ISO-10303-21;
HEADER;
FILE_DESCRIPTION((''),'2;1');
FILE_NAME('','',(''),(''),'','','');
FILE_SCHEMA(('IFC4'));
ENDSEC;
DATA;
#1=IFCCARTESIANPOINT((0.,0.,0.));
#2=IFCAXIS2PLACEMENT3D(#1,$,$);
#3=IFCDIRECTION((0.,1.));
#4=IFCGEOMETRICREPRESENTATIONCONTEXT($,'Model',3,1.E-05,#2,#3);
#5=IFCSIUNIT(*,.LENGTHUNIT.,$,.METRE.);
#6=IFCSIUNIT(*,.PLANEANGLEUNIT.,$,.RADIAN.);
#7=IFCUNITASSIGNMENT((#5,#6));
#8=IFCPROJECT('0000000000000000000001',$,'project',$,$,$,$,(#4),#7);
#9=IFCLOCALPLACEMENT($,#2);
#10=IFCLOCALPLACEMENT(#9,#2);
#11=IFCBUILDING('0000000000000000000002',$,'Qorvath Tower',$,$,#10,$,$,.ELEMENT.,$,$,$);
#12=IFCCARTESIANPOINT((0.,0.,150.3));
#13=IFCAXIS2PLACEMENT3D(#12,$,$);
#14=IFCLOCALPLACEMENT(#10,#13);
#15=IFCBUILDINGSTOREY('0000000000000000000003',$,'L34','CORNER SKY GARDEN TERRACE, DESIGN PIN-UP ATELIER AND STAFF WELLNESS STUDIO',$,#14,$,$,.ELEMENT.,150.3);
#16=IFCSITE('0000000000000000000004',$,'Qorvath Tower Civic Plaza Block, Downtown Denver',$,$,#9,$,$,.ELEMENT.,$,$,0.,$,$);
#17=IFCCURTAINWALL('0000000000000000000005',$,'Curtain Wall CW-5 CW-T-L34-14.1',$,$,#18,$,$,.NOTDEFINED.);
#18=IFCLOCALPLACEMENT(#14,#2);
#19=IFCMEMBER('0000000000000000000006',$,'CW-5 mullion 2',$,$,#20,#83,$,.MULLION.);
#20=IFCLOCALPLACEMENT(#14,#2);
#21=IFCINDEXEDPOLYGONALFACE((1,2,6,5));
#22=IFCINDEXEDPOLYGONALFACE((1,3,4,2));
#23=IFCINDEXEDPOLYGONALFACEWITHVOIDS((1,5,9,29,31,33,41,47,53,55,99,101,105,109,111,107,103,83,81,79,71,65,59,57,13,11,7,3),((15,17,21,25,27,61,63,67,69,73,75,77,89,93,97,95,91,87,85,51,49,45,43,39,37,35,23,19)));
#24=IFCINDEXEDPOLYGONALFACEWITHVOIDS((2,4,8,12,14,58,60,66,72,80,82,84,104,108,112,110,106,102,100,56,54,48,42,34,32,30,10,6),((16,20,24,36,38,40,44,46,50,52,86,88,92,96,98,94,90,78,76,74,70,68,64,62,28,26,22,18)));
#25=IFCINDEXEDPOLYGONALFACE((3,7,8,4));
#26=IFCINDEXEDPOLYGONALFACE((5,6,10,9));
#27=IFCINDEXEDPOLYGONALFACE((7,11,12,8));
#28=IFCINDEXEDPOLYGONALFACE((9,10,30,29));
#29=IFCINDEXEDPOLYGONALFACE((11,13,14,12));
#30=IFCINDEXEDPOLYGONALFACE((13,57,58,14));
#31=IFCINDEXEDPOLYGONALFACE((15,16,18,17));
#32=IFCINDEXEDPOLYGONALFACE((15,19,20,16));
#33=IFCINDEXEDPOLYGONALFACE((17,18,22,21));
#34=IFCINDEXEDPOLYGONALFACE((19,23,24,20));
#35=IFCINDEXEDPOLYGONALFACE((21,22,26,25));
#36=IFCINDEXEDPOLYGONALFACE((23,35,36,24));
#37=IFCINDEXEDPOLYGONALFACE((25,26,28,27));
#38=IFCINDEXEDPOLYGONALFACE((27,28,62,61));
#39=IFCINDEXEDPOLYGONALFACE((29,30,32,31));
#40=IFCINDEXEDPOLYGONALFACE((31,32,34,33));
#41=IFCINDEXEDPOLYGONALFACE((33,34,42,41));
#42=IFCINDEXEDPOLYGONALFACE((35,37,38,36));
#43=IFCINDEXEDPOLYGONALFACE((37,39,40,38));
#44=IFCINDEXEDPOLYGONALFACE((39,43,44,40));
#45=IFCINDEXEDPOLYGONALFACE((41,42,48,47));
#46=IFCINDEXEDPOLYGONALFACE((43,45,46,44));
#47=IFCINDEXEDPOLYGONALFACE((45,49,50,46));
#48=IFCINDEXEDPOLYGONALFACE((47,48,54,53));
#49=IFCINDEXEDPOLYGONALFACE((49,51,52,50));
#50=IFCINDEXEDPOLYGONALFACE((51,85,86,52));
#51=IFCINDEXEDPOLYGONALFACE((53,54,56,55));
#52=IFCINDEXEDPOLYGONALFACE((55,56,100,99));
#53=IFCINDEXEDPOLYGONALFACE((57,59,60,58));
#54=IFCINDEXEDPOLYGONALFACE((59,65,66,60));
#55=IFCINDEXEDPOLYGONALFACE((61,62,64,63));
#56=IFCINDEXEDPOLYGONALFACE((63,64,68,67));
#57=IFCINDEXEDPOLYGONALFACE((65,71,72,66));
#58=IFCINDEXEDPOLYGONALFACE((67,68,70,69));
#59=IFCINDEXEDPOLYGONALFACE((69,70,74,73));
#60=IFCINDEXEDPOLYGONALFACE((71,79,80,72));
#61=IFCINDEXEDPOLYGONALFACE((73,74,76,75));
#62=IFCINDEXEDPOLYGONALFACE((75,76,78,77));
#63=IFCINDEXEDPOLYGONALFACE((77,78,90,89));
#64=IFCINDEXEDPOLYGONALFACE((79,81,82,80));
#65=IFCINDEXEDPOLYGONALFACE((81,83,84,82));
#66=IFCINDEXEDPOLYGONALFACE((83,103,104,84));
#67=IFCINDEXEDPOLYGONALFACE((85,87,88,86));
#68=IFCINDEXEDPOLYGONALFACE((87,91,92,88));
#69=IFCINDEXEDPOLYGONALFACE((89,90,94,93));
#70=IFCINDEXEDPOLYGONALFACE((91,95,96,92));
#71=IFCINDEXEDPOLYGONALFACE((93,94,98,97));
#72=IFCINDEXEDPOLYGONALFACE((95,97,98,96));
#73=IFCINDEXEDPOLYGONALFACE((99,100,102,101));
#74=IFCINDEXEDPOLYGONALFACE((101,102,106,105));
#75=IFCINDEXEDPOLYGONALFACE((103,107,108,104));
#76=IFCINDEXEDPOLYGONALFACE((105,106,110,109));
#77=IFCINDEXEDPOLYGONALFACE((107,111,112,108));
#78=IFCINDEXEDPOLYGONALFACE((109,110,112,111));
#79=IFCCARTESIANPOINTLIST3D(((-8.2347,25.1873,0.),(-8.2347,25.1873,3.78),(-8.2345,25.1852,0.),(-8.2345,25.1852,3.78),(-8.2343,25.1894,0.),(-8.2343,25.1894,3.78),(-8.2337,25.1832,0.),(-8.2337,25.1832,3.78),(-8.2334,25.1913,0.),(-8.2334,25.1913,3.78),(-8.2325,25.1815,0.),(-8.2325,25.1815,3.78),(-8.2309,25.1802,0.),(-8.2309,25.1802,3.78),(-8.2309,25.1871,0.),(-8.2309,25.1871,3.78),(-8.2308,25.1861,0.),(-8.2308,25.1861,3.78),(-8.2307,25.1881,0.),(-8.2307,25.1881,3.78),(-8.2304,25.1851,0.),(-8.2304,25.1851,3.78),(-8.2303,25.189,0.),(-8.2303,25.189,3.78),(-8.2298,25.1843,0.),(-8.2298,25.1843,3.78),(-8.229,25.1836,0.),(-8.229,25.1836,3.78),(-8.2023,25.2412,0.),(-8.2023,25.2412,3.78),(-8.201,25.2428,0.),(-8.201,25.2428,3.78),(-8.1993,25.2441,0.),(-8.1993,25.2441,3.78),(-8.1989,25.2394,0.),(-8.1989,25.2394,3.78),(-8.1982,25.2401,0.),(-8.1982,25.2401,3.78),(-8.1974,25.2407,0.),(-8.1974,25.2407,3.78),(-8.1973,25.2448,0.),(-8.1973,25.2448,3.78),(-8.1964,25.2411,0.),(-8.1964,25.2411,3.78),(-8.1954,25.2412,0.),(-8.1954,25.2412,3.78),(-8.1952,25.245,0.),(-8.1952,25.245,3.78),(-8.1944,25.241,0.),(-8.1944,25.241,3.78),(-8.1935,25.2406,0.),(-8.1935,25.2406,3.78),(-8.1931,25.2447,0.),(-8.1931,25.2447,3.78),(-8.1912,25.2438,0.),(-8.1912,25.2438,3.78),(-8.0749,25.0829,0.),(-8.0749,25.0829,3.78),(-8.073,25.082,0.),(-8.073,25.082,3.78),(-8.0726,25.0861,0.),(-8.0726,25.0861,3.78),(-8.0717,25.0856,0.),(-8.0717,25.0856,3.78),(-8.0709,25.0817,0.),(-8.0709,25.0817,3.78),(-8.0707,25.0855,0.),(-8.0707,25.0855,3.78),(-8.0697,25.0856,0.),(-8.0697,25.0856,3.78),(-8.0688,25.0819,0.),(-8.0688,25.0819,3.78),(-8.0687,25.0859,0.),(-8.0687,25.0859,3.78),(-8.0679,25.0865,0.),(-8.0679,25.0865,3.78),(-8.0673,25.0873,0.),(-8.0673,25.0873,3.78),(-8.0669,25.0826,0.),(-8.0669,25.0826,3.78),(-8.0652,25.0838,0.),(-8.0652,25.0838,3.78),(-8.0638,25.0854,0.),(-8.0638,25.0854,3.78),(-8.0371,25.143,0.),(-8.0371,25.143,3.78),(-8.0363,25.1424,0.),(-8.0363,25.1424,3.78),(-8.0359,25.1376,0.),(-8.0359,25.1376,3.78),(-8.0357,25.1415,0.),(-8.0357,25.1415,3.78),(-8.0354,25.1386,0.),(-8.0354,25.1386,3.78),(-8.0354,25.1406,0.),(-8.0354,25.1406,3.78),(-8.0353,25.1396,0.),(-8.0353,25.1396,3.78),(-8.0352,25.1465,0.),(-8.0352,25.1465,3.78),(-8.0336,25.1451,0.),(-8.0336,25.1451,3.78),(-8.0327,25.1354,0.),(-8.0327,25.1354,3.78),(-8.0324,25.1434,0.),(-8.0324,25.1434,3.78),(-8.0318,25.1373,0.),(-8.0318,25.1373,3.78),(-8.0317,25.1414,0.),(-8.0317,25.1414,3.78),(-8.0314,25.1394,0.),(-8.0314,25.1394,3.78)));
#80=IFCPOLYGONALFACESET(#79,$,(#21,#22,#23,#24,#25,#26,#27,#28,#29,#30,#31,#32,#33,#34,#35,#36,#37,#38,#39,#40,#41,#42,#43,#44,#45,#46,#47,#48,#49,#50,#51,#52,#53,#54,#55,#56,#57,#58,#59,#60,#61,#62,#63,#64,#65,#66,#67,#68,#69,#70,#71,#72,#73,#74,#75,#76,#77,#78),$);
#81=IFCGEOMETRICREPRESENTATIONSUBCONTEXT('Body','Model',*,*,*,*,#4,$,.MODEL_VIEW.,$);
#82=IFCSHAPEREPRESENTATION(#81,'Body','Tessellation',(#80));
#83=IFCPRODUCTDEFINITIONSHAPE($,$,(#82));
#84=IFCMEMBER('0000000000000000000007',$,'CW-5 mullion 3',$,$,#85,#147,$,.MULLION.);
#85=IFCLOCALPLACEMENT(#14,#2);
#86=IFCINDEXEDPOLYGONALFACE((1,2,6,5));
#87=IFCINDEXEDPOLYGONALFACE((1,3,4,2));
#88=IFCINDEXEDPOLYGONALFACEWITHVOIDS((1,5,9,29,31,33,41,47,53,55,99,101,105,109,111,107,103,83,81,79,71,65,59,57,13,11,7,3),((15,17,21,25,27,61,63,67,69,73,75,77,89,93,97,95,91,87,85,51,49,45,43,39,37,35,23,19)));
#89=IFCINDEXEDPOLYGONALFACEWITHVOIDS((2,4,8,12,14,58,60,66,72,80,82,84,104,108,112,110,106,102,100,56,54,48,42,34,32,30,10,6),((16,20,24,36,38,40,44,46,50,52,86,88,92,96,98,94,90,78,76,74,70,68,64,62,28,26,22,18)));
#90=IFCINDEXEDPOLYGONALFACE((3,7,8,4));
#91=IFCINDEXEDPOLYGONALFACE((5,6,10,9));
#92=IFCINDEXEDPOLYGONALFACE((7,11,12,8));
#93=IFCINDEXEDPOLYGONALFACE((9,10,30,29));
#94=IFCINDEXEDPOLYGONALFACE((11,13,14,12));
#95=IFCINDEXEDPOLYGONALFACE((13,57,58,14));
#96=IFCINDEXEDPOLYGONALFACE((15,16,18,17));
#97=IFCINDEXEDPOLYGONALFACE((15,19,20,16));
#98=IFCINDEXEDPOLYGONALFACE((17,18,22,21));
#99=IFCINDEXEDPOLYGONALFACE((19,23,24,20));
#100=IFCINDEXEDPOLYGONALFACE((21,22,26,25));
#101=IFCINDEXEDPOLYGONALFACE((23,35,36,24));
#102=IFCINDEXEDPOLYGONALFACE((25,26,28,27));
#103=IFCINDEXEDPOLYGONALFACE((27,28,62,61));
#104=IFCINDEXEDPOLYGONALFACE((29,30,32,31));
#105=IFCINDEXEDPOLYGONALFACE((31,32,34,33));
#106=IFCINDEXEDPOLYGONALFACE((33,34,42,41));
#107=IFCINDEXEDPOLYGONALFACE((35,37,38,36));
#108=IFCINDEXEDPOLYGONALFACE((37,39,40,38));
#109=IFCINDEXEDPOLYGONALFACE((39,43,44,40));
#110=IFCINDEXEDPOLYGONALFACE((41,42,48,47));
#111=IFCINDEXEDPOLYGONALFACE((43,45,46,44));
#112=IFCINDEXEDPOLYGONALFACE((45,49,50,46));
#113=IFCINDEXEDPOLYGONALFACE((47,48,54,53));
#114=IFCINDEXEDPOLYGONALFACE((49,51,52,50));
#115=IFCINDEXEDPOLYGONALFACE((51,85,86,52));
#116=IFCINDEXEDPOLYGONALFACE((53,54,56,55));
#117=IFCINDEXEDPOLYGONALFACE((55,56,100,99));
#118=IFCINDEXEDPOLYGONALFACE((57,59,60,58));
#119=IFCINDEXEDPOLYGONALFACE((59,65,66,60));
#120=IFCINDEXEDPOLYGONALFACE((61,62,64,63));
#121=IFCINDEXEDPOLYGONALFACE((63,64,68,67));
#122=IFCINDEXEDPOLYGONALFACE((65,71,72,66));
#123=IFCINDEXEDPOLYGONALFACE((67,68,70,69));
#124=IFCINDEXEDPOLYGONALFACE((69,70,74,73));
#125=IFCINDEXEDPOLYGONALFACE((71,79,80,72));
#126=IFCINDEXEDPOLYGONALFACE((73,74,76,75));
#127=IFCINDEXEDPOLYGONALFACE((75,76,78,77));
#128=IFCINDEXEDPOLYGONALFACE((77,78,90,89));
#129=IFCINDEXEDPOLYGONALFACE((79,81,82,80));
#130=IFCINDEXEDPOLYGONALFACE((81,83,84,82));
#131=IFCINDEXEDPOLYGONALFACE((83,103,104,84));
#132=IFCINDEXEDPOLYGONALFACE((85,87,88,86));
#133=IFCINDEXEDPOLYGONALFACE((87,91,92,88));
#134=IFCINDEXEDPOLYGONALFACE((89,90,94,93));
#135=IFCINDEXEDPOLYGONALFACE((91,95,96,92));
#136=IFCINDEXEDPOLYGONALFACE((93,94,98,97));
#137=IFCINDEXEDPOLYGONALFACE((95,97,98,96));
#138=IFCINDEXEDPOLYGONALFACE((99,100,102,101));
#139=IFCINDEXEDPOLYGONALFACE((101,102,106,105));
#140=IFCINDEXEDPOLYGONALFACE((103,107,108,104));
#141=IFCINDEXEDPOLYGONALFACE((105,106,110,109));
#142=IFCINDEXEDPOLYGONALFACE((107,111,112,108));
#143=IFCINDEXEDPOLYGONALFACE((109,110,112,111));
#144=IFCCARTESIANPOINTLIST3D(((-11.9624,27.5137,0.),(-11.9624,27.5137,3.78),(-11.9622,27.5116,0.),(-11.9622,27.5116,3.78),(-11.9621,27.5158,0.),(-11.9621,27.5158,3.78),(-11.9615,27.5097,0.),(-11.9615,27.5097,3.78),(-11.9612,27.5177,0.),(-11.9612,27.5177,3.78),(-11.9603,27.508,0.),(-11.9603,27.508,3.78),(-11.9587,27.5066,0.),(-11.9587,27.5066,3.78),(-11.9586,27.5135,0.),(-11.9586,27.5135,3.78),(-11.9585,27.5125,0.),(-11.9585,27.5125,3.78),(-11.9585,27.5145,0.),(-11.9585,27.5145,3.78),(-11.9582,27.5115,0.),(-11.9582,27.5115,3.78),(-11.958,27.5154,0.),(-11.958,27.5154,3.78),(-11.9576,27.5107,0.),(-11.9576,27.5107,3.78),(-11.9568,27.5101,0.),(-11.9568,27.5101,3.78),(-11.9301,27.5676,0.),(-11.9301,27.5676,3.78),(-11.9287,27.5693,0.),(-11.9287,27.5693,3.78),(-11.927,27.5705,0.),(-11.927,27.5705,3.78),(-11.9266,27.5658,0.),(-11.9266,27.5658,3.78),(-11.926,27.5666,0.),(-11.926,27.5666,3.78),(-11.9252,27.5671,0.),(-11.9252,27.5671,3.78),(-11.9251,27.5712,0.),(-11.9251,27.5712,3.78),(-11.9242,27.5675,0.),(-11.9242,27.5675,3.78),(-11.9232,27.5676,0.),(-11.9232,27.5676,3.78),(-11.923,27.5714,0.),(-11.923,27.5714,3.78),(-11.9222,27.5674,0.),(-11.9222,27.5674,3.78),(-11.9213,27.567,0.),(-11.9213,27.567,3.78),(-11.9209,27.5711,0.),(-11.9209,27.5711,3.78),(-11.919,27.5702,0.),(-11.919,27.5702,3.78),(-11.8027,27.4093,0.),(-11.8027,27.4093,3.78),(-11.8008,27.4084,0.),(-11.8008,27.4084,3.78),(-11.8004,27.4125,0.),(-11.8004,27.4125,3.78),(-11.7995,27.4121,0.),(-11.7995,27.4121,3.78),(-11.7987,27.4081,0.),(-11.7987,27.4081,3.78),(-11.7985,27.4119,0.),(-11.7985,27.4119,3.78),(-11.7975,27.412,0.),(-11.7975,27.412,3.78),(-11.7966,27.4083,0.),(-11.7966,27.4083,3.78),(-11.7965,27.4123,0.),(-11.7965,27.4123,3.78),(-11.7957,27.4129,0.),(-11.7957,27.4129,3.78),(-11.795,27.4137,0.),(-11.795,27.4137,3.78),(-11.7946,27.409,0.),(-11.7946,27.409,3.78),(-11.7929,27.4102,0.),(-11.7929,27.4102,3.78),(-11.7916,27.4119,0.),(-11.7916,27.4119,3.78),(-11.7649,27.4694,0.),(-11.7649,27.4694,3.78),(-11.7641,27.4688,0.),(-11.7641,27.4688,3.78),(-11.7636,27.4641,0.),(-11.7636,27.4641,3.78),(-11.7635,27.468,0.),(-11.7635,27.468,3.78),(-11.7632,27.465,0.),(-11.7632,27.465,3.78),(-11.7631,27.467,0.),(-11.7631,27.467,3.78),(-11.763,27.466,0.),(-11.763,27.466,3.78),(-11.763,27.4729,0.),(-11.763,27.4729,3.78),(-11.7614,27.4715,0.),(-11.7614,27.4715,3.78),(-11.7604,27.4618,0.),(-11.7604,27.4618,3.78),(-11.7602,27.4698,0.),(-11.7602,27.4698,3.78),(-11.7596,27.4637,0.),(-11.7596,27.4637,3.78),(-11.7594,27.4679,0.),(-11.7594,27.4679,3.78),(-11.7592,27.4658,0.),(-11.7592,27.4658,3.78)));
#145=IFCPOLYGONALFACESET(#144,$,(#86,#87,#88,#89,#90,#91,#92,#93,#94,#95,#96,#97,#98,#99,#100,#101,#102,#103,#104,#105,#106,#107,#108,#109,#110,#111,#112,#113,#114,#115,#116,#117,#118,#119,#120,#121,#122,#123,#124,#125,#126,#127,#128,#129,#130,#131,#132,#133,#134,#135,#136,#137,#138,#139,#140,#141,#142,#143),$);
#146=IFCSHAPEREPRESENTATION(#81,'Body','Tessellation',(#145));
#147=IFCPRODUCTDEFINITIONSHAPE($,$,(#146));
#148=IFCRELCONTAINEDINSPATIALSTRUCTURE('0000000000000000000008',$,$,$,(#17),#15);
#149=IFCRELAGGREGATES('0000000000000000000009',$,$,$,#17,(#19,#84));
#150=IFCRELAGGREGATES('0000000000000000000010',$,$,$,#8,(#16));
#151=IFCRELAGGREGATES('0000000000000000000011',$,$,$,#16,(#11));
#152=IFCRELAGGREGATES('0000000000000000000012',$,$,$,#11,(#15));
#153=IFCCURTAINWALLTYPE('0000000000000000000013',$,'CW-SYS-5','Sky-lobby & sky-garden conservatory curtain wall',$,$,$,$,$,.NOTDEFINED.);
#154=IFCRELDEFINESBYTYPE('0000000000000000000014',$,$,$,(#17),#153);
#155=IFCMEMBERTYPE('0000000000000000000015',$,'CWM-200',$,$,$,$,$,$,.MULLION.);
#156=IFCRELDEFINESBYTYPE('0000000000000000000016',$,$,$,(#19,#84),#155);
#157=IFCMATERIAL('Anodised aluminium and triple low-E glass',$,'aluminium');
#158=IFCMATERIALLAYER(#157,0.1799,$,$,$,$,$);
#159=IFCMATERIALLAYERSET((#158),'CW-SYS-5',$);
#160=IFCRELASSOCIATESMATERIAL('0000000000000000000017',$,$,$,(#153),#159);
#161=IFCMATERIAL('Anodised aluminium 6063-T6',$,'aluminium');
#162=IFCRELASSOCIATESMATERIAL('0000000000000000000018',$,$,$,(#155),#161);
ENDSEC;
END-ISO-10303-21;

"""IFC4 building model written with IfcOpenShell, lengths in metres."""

from ifc_helpers import new_model, si_unit, direction, frame, origin, origin_2d, place, context, subcontext, project, spatial, hollow_rectangle, extrude, material, layer, layer_set, material_profile, profile_set, type_object, element, aggregate, save


model = new_model("IFC4")

# Units and contexts
model_context = context("Model", 3, precision=1e-05, world=origin(), true_north=direction((0.0, 1.0)))
body_context = subcontext(model_context, "Body", "Model", "MODEL_VIEW")
ifc_project = project(units=[si_unit("LENGTHUNIT", "METRE"), si_unit("PLANEANGLEUNIT", "RADIAN")], contexts=[model_context])

# Site, building, storey
site_placement = place(None, origin())
site = spatial("IfcSite", under=ifc_project, at=site_placement, Name="Qorvath Tower Civic Plaza Block, Downtown Denver", CompositionType="ELEMENT", RefElevation=0.0)
building_placement = place(site_placement, origin())
building = spatial("IfcBuilding", under=site, at=building_placement, Name="Qorvath Tower", CompositionType="ELEMENT")
storey_placement = place(building_placement, frame((0.0, 0.0, 150.3)))
storey = spatial("IfcBuildingStorey", under=building, at=storey_placement, Name="L34", Description="CORNER SKY GARDEN TERRACE, DESIGN PIN-UP ATELIER AND STAFF WELLNESS STUDIO", CompositionType="ELEMENT", Elevation=150.3)

# Shared definitions
ifc_material_1 = material(Name="Anodised aluminium and triple low-E glass", Category="aluminium")
ifc_layer_1 = layer(ifc_material_1, 0.1799)
ifc_layer_set_1 = layer_set([ifc_layer_1], Name="CW-SYS-5")
curtain_wall_type = type_object("IfcCurtainWallType", Name="CW-SYS-5", Description="Sky-lobby & sky-garden conservatory curtain wall", PredefinedType="NOTDEFINED", material=ifc_layer_set_1)
ifc_material_2 = material(Name="Anodised aluminium 6063-T6", Category="aluminium")
ifc_material_profile_1 = material_profile(ifc_material_2, hollow_rectangle(XDim=0.075, YDim=0.2, WallThickness=0.0039, InnerFilletRadius=0.0039, OuterFilletRadius=0.0081, at=origin_2d()), Name="CWM 200x75")
ifc_profile_set_1 = profile_set([ifc_material_profile_1], Name="Anodised aluminium 6063-T6")
member_type_1 = type_object("IfcMemberType", Name="CWM-200", PredefinedType="MULLION", material=ifc_profile_set_1)

# Curtain wall, members
curtain_wall_1_placement = place(storey_placement, origin())
curtain_wall_1 = element("IfcCurtainWall", 1, at=curtain_wall_1_placement, inside=storey, type_object=curtain_wall_type, Name="Curtain Wall CW-5 CW-T-L34-14.1", PredefinedType="NOTDEFINED")
member_1_placement = place(storey_placement, frame((-8.1331, 25.1633, 0.0), z_axis=(0.0, 0.0, 1.0), x_axis=(-0.529393, -0.848377, 0.0)))
member_1 = element("IfcMember", 2, at=member_1_placement, type_object=member_type_1, Name="CW-5 mullion 2", PredefinedType="MULLION", context=body_context, shape_type="SweptSolid", body=[
    extrude(hollow_rectangle(XDim=0.075, YDim=0.2, WallThickness=0.0039, InnerFilletRadius=0.0039, OuterFilletRadius=0.0081, at=origin_2d()), origin(), (0.0, 0.0, 1.0), 3.78),
])
member_2_placement = place(storey_placement, frame((-11.8608, 27.4897, 0.0), z_axis=(0.0, 0.0, 1.0), x_axis=(-0.529393, -0.848377, 0.0)))
member_2 = element("IfcMember", 3, at=member_2_placement, type_object=member_type_1, Name="CW-5 mullion 3", PredefinedType="MULLION", context=body_context, shape_type="SweptSolid", body=[
    extrude(hollow_rectangle(XDim=0.075, YDim=0.2, WallThickness=0.0039, InnerFilletRadius=0.0039, OuterFilletRadius=0.0081, at=origin_2d()), origin(), (0.0, 0.0, 1.0), 3.78),
])

aggregate(curtain_wall_1, [member_1, member_2])

save(model, "model.ifc")
